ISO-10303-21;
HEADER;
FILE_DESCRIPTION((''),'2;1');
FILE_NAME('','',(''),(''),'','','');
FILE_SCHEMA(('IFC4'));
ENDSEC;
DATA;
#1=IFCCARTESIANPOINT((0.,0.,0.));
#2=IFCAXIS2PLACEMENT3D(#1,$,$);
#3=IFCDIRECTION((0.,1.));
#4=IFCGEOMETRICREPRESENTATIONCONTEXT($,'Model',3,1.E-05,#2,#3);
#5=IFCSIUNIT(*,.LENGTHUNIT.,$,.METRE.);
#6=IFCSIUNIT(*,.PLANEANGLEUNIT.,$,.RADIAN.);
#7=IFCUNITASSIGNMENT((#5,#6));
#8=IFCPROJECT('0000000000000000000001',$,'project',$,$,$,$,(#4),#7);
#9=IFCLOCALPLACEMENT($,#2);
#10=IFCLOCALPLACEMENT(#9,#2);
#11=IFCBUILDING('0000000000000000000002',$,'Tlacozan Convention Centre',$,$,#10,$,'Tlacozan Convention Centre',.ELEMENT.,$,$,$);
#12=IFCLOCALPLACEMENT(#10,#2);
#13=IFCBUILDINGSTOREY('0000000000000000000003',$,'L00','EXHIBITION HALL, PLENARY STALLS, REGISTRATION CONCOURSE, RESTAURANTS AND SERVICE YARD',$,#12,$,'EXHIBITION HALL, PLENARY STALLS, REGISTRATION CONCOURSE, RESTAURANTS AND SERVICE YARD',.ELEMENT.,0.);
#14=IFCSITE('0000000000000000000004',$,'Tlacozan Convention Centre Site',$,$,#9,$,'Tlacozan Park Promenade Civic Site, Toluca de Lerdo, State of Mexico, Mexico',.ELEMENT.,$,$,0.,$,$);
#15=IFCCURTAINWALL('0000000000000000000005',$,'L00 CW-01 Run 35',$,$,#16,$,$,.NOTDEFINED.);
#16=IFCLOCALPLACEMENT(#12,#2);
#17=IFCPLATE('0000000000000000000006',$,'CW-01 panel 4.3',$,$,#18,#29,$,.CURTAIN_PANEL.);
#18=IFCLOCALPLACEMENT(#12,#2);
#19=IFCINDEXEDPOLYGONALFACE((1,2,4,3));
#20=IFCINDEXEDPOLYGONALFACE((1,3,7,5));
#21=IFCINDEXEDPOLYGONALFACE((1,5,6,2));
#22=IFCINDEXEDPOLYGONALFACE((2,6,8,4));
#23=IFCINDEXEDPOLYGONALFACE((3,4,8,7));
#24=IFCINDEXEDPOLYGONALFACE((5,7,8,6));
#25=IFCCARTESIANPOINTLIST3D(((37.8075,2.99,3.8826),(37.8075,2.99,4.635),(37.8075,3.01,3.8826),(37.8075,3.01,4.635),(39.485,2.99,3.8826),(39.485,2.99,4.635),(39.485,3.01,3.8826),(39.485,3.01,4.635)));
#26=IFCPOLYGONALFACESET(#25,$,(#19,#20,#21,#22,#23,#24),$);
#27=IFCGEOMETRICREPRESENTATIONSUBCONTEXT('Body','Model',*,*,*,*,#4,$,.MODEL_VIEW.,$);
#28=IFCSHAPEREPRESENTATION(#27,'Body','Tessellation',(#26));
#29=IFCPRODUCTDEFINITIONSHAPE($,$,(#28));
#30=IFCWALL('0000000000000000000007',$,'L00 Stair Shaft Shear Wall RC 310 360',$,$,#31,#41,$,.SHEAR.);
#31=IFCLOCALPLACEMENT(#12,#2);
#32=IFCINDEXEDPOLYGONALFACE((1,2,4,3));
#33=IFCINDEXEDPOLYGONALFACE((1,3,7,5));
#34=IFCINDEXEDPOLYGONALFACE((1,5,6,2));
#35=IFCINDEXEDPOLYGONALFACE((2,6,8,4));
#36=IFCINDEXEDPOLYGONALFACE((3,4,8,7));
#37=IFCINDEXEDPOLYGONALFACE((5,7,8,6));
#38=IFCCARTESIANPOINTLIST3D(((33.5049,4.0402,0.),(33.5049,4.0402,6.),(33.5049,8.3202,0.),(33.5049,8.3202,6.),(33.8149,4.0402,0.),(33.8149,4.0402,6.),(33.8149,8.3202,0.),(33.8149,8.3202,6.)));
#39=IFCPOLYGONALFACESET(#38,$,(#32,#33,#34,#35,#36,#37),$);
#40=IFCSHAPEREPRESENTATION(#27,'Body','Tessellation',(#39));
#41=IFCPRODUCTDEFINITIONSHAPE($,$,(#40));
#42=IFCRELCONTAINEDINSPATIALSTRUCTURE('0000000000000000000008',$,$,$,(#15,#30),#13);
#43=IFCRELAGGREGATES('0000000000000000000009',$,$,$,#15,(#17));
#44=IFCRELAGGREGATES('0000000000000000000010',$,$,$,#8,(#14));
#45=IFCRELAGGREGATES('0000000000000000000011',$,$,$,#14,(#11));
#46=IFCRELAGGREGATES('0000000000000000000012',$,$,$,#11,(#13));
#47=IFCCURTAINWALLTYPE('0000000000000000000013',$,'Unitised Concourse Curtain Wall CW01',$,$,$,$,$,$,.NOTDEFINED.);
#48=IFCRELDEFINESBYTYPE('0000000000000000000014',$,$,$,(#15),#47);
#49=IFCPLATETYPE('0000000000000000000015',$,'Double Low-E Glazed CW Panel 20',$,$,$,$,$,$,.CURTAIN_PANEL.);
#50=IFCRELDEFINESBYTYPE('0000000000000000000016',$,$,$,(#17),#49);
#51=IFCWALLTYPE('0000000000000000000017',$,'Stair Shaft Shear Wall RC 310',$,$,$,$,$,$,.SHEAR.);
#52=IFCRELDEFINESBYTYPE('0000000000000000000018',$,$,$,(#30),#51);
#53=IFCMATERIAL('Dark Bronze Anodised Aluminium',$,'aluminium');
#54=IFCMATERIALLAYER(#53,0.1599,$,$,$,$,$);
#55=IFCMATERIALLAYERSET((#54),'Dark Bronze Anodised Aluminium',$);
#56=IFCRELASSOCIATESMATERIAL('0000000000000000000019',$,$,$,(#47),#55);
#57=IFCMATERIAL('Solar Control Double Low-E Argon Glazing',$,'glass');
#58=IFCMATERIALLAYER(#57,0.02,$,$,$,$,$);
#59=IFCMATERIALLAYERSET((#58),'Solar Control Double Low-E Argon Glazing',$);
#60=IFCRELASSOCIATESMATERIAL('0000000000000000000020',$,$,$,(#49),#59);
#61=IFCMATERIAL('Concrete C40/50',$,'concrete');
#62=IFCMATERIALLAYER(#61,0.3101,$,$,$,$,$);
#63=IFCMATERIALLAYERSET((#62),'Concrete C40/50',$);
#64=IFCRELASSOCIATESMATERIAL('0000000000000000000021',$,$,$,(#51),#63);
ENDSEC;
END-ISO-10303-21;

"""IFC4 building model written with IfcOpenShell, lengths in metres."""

from ifc_helpers import new_model, si_unit, direction, frame, frame_2d, origin, origin_2d, place, context, subcontext, project, spatial, rectangle, extrude, material, layer, layer_set, type_object, element, aggregate, save


model = new_model("IFC4")

# Units and contexts
model_context = context("Model", 3, precision=1e-05, world=origin(), true_north=direction((0.0, 1.0)))
body_context = subcontext(model_context, "Body", "Model", "MODEL_VIEW")
ifc_project = project(units=[si_unit("LENGTHUNIT", "METRE"), si_unit("PLANEANGLEUNIT", "RADIAN")], contexts=[model_context])

# Site, building, storey
site_placement = place(None, origin())
site = spatial("IfcSite", under=ifc_project, at=site_placement, Name="Tlacozan Convention Centre Site", LongName="Tlacozan Park Promenade Civic Site, Toluca de Lerdo, State of Mexico, Mexico", CompositionType="ELEMENT", RefElevation=0.0)
building_placement = place(site_placement, origin())
building = spatial("IfcBuilding", under=site, at=building_placement, Name="Tlacozan Convention Centre", LongName="Tlacozan Convention Centre", CompositionType="ELEMENT")
storey_placement = place(building_placement, origin())
storey = spatial("IfcBuildingStorey", under=building, at=storey_placement, Name="L00", Description="EXHIBITION HALL, PLENARY STALLS, REGISTRATION CONCOURSE, RESTAURANTS AND SERVICE YARD", LongName="EXHIBITION HALL, PLENARY STALLS, REGISTRATION CONCOURSE, RESTAURANTS AND SERVICE YARD", CompositionType="ELEMENT", Elevation=0.0)

# Shared definitions
ifc_material_1 = material(Name="Concrete C40/50", Category="concrete")

# Curtain wall
ifc_material_2 = material(Name="Dark Bronze Anodised Aluminium", Category="aluminium")
ifc_layer_1 = layer(ifc_material_2, 0.1599)
ifc_layer_set_1 = layer_set([ifc_layer_1], Name="Dark Bronze Anodised Aluminium")
curtain_wall_type = type_object("IfcCurtainWallType", Name="Unitised Concourse Curtain Wall CW01", PredefinedType="NOTDEFINED", material=ifc_layer_set_1)
curtain_wall_1_placement = place(storey_placement, origin())
curtain_wall_1 = element("IfcCurtainWall", 1, at=curtain_wall_1_placement, inside=storey, type_object=curtain_wall_type, Name="L00 CW-01 Run 35", PredefinedType="NOTDEFINED")

# Plate
ifc_material_3 = material(Name="Solar Control Double Low-E Argon Glazing", Category="glass")
ifc_layer_2 = layer(ifc_material_3, 0.02)
ifc_layer_set_2 = layer_set([ifc_layer_2], Name="Solar Control Double Low-E Argon Glazing")
plate_type = type_object("IfcPlateType", Name="Double Low-E Glazed CW Panel 20", PredefinedType="CURTAIN_PANEL", material=ifc_layer_set_2)
plate_1_placement = place(storey_placement, frame((38.6462, 3.0, 3.8826), z_axis=(0.0, 0.0, 1.0), x_axis=(1.0, 0.0, 0.0)))
plate_1 = element("IfcPlate", 2, at=plate_1_placement, type_object=plate_type, Name="CW-01 panel 4.3", PredefinedType="CURTAIN_PANEL", context=body_context, shape_type="SweptSolid", body=[
    extrude(rectangle(XDim=1.6775, YDim=0.02, at=origin_2d()), origin(), (0.0, 0.0, 1.0), 0.7524),
])
aggregate(curtain_wall_1, [plate_1])

# Wall
ifc_layer_3 = layer(ifc_material_1, 0.3101)
ifc_layer_set_3 = layer_set([ifc_layer_3], Name="Concrete C40/50")
wall_type = type_object("IfcWallType", Name="Stair Shaft Shear Wall RC 310", PredefinedType="SHEAR", material=ifc_layer_set_3)
wall_placement = place(storey_placement, frame((33.6599, 4.04, 0.0), z_axis=(0.0, 0.0, 1.0), x_axis=(0.0, 1.0, 0.0)))
element("IfcWall", 3, at=wall_placement, inside=storey, type_object=wall_type, Name="L00 Stair Shaft Shear Wall RC 310 360", PredefinedType="SHEAR", context=body_context, shape_type="SweptSolid", body=[
    extrude(rectangle(XDim=4.28, YDim=0.3101, at=frame_2d((2.1401, 0.0))), origin(), (0.0, 0.0, 1.0), 6.0),
])

save(model, "model.ifc")
